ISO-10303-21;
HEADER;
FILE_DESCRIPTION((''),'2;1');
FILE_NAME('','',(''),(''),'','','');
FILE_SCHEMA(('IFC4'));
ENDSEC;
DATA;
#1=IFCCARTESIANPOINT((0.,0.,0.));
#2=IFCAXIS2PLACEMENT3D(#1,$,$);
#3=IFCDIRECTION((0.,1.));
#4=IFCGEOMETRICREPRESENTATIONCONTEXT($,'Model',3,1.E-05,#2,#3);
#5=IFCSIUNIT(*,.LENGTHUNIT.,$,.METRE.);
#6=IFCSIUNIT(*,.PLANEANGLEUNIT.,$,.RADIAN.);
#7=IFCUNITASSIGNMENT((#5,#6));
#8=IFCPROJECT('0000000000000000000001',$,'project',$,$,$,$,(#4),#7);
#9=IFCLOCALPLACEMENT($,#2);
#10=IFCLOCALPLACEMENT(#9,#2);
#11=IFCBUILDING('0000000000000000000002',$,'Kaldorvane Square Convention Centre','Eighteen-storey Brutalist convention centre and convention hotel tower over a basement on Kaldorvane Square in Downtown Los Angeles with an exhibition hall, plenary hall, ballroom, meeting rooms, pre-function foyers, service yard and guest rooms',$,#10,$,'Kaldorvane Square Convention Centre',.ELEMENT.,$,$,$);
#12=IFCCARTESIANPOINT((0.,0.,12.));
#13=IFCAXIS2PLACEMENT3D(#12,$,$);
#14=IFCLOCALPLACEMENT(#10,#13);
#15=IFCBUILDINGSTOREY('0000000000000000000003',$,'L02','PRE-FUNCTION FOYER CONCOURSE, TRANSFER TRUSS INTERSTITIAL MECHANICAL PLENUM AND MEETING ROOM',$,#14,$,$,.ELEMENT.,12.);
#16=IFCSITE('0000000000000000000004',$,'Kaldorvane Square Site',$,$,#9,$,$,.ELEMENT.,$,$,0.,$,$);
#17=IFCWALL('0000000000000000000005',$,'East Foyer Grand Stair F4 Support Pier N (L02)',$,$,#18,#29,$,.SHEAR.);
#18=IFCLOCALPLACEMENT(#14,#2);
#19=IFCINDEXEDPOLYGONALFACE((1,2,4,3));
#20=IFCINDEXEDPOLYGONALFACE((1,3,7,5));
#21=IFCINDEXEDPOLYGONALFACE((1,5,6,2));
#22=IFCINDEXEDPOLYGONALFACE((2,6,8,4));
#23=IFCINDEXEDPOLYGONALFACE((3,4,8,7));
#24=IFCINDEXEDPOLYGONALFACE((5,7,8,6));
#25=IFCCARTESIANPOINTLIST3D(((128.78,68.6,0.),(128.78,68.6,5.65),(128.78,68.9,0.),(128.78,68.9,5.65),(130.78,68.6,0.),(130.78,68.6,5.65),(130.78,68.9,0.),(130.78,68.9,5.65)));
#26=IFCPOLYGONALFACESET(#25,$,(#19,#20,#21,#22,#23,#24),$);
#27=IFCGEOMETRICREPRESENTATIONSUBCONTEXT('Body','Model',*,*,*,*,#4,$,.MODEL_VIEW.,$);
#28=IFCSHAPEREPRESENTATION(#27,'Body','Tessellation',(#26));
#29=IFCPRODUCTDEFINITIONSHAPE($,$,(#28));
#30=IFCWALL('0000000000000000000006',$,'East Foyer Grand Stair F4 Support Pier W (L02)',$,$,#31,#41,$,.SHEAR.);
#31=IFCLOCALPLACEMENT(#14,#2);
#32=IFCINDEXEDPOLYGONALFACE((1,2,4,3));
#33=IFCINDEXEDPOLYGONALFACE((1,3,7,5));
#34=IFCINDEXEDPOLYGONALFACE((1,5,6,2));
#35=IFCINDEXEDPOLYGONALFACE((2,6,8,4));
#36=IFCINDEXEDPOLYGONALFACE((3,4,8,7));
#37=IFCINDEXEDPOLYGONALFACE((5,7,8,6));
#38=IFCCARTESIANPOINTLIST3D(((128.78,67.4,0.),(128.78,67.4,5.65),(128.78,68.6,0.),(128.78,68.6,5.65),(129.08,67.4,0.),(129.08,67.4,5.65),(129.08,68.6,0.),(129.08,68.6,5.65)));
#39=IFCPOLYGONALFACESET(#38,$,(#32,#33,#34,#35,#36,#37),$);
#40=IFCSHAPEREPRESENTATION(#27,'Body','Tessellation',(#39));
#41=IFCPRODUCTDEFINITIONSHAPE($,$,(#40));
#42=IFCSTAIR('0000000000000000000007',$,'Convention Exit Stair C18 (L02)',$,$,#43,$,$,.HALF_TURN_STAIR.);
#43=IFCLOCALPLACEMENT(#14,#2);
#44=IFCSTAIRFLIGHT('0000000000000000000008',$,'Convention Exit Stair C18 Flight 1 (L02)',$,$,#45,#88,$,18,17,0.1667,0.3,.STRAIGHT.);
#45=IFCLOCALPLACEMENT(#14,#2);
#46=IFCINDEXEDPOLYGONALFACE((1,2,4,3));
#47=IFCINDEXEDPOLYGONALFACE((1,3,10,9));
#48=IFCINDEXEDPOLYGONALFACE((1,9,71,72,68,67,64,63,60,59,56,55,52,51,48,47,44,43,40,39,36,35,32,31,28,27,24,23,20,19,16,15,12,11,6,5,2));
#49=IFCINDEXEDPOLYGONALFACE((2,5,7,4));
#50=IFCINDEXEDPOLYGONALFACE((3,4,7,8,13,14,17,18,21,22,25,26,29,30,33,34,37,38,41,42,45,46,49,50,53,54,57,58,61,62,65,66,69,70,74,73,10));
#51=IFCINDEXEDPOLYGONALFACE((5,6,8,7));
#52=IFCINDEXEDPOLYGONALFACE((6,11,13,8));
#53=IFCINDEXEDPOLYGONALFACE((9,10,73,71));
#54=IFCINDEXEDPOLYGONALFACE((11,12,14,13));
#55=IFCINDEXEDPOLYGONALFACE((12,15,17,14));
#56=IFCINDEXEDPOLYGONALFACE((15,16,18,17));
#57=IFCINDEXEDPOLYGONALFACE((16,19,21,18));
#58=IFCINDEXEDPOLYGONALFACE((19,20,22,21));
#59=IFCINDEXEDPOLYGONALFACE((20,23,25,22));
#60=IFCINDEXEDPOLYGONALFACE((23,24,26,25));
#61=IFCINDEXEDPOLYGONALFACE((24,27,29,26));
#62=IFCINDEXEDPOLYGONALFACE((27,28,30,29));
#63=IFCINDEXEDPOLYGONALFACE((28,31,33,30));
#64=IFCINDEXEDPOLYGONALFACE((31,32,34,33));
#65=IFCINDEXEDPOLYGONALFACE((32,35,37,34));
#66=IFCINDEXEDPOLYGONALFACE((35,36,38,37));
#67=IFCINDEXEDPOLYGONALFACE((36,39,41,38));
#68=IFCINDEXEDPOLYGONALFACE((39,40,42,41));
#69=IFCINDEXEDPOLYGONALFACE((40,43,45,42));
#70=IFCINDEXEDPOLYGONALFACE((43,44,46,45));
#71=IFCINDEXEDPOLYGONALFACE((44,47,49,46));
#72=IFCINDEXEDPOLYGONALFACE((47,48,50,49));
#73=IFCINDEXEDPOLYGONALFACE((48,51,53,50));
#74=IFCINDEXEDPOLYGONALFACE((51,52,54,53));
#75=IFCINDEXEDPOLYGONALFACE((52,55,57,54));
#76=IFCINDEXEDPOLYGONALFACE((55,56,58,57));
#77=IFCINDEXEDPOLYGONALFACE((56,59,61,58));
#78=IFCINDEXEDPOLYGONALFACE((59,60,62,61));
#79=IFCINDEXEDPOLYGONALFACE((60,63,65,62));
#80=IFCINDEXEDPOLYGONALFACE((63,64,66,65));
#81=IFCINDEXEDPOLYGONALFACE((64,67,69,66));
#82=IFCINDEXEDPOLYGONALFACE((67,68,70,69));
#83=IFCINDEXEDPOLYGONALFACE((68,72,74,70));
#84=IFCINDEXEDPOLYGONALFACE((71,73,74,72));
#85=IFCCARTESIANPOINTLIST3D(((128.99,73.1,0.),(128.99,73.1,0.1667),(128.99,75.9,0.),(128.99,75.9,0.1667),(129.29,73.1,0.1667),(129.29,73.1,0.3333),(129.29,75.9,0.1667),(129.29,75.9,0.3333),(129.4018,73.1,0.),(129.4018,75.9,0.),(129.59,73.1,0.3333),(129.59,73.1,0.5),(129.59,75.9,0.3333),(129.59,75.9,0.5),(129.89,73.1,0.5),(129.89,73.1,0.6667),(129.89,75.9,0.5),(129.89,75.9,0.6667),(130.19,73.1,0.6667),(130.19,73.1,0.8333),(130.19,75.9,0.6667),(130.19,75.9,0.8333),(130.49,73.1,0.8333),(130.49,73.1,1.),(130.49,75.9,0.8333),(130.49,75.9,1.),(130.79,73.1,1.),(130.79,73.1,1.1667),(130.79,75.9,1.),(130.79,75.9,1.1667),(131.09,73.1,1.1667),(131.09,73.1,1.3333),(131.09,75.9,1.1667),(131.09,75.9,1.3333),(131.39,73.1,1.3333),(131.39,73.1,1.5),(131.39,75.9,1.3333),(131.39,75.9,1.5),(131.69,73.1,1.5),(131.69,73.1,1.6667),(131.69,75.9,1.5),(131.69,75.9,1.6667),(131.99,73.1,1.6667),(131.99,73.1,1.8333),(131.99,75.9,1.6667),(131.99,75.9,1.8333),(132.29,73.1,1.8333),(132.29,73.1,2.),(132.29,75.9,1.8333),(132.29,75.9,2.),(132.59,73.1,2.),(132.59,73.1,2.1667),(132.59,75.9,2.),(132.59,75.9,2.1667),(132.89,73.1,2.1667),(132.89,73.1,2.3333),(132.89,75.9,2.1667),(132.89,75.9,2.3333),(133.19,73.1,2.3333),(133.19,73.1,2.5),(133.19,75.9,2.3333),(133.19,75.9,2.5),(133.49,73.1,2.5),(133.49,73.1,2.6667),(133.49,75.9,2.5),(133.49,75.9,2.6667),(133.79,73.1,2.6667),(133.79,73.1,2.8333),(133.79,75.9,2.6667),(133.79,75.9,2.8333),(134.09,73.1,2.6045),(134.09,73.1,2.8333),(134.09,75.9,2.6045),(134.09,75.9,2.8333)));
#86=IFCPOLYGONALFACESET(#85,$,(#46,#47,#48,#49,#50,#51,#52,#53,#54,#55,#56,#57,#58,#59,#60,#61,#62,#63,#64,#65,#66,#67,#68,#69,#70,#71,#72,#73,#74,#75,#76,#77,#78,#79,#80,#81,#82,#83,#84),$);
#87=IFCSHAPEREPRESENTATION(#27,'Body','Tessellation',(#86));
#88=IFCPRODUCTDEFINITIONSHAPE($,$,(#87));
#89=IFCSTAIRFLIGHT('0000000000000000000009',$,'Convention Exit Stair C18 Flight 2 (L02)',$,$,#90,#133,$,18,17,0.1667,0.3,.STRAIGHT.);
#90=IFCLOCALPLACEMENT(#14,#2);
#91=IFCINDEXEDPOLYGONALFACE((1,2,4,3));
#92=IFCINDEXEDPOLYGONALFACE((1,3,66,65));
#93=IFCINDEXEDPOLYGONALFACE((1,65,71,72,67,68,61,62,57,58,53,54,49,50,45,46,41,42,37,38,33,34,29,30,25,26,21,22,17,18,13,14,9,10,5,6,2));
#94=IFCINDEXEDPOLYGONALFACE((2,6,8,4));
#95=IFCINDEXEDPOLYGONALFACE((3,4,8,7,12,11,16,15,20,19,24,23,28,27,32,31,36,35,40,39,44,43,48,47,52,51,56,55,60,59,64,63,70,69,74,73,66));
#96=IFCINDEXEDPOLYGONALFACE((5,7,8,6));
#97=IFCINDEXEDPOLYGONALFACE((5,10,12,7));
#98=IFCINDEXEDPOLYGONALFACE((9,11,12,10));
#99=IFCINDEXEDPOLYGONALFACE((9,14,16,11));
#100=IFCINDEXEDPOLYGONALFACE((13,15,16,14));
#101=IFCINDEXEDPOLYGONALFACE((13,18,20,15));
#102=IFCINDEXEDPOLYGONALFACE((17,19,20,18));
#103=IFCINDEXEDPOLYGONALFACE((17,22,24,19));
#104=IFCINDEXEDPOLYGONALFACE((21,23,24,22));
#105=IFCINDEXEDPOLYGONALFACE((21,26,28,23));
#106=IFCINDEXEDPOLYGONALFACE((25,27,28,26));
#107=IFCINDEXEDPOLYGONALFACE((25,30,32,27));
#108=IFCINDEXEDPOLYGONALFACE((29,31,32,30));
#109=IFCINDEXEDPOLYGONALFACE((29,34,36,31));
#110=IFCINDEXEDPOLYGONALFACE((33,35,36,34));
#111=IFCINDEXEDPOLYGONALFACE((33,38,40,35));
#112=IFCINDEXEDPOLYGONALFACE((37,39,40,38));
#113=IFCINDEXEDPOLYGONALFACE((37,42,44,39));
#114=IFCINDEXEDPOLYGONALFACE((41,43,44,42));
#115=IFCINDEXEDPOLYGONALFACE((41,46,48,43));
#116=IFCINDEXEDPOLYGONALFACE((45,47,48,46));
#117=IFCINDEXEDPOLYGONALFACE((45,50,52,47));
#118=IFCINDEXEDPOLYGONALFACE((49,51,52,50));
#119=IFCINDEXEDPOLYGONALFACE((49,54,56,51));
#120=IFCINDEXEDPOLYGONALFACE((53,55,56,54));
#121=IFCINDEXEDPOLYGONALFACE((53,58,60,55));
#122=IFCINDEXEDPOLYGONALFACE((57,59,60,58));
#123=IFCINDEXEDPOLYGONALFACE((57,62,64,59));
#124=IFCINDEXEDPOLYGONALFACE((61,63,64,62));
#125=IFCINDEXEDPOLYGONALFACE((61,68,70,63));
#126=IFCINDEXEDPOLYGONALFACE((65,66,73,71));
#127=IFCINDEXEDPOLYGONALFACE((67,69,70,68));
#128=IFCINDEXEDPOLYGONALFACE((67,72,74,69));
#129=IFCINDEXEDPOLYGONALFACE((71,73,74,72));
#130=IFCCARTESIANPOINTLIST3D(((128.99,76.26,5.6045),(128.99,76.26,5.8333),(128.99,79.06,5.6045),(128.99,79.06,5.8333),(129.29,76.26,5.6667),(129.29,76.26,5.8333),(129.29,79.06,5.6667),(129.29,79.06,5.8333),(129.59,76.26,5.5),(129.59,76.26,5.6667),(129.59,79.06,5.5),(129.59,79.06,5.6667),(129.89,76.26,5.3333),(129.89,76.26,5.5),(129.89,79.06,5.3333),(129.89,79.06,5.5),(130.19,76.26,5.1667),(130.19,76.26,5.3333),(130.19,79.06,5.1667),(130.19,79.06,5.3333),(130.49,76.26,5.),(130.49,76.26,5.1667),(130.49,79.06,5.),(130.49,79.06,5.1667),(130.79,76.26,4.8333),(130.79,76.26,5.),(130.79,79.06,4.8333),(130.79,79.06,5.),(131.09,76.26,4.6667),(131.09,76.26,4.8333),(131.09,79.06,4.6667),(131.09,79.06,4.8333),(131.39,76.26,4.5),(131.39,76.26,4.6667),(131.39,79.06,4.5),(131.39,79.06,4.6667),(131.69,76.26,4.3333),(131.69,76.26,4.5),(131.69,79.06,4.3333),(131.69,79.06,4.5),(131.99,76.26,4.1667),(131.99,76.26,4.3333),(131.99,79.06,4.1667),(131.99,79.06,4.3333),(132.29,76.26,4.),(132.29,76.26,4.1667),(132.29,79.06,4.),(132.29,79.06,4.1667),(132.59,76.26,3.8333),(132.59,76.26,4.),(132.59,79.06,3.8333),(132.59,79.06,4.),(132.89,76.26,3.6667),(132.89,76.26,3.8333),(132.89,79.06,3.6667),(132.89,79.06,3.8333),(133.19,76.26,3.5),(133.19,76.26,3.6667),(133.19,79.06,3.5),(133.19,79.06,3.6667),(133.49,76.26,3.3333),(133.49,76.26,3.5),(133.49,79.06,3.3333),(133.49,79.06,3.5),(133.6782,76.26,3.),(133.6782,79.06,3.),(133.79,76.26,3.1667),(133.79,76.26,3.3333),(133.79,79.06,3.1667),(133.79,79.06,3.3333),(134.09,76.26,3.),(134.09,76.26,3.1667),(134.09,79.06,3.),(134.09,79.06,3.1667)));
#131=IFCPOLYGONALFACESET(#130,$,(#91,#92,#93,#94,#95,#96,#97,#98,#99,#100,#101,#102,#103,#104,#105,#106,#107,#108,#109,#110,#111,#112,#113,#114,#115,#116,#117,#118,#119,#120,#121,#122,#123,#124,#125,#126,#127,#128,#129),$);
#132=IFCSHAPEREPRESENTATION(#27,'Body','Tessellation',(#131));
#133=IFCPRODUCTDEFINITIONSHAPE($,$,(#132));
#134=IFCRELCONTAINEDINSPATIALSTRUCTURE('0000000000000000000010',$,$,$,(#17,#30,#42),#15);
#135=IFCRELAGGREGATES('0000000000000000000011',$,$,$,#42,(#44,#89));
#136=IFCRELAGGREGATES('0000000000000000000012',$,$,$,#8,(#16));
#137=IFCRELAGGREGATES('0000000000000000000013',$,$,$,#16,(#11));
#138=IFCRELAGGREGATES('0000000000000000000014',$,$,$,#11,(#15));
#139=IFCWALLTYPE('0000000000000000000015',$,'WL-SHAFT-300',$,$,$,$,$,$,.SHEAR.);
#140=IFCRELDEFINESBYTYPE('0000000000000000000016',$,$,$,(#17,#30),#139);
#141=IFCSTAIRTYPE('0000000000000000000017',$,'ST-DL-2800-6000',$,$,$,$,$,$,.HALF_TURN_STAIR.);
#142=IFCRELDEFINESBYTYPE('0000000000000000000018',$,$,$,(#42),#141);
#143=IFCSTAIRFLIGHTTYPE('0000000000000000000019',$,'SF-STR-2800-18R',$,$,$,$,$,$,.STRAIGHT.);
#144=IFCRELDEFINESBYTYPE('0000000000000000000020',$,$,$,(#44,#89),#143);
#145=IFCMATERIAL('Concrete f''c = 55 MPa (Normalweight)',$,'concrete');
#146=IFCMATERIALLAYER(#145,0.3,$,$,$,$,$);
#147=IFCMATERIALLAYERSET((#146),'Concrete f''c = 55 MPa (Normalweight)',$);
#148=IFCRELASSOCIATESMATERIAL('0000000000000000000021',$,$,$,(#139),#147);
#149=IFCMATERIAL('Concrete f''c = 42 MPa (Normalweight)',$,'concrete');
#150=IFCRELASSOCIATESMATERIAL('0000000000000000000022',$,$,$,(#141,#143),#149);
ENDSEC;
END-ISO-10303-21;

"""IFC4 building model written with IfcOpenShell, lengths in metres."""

from ifc_helpers import new_model, si_unit, direction, frame, frame_2d, origin, place, context, subcontext, project, spatial, polyline, rectangle, outline, extrude, material, layer, layer_set, type_object, element, aggregate, save


model = new_model("IFC4")

# Units and contexts
model_context = context("Model", 3, precision=1e-05, world=origin(), true_north=direction((0.0, 1.0)))
body_context = subcontext(model_context, "Body", "Model", "MODEL_VIEW")
ifc_project = project(units=[si_unit("LENGTHUNIT", "METRE"), si_unit("PLANEANGLEUNIT", "RADIAN")], contexts=[model_context])

# Site, building, storey
site_placement = place(None, origin())
site = spatial("IfcSite", under=ifc_project, at=site_placement, Name="Kaldorvane Square Site", CompositionType="ELEMENT", RefElevation=0.0)
building_placement = place(site_placement, origin())
building = spatial("IfcBuilding", under=site, at=building_placement, Name="Kaldorvane Square Convention Centre", Description="Eighteen-storey Brutalist convention centre and convention hotel tower over a basement on Kaldorvane Square in Downtown Los Angeles with an exhibition hall, plenary hall, ballroom, meeting rooms, pre-function foyers, service yard and guest rooms", LongName="Kaldorvane Square Convention Centre", CompositionType="ELEMENT")
storey_placement = place(building_placement, frame((0.0, 0.0, 12.0)))
storey = spatial("IfcBuildingStorey", under=building, at=storey_placement, Name="L02", Description="PRE-FUNCTION FOYER CONCOURSE, TRANSFER TRUSS INTERSTITIAL MECHANICAL PLENUM AND MEETING ROOM", CompositionType="ELEMENT", Elevation=12.0)

# Walls
ifc_material_1 = material(Name="Concrete f'c = 55 MPa (Normalweight)", Category="concrete")
ifc_layer_1 = layer(ifc_material_1, 0.3)
ifc_layer_set_1 = layer_set([ifc_layer_1], Name="Concrete f'c = 55 MPa (Normalweight)")
wall_type_1 = type_object("IfcWallType", Name="WL-SHAFT-300", PredefinedType="SHEAR", material=ifc_layer_set_1)
for number, where, z_axis, x_axis, name in (
    (1, (128.78, 68.75, 0.0), (0.0, 0.0, 1.0), (1.0, 0.0, 0.0), "East Foyer Grand Stair F4 Support Pier N (L02)"),
):
    element("IfcWall", number, at=place(storey_placement, frame(where, z_axis=z_axis, x_axis=x_axis)), inside=storey, type_object=wall_type_1, Name=name, PredefinedType="SHEAR", context=body_context, shape_type="SweptSolid", body=[
        extrude(rectangle(XDim=2.0, YDim=0.3, at=frame_2d((1.0, 0.0))), origin(), (0.0, 0.0, 1.0), 5.65),
    ])
wall_1_placement = place(storey_placement, frame((128.93, 67.4, 0.0), z_axis=(0.0, 0.0, 1.0), x_axis=(0.0, 1.0, 0.0)))
element("IfcWall", 2, at=wall_1_placement, inside=storey, type_object=wall_type_1, Name="East Foyer Grand Stair F4 Support Pier W (L02)", PredefinedType="SHEAR", context=body_context, shape_type="SweptSolid", body=[
    extrude(rectangle(XDim=1.2, YDim=0.3, at=frame_2d((0.6, 0.0))), origin(), (0.0, 0.0, 1.0), 5.65),
])

# Stair, stair flights
ifc_material_2 = material(Name="Concrete f'c = 42 MPa (Normalweight)", Category="concrete")
stair_type = type_object("IfcStairType", Name="ST-DL-2800-6000", PredefinedType="HALF_TURN_STAIR", material=ifc_material_2)
stair_placement = place(storey_placement, origin())
stair = element("IfcStair", 3, at=stair_placement, inside=storey, type_object=stair_type, Name="Convention Exit Stair C18 (L02)", PredefinedType="HALF_TURN_STAIR")
stair_flight_type = type_object("IfcStairFlightType", Name="SF-STR-2800-18R", PredefinedType="STRAIGHT", material=ifc_material_2)
stair_flight_1_placement = place(storey_placement, frame((128.99, 74.5, 0.0), z_axis=(0.0, 0.0, 1.0), x_axis=(1.0, 0.0, 0.0)))
stair_flight_1 = element("IfcStairFlight", 4, at=stair_flight_1_placement, type_object=stair_flight_type, Name="Convention Exit Stair C18 Flight 1 (L02)", NumberOfRisers=18, NumberOfTreads=17, PredefinedType="STRAIGHT", RiserHeight=0.1667, TreadLength=0.3, context=body_context, shape_type="SweptSolid", body=[
    extrude(outline(polyline([(0.0, 0.0), (0.0, 0.1667), (0.3, 0.1667), (0.3, 0.3333), (0.6, 0.3333), (0.6, 0.5), (0.9, 0.5), (0.9, 0.6667), (1.2, 0.6667), (1.2, 0.8333), (1.5, 0.8333), (1.5, 1.0), (1.8, 1.0), (1.8, 1.1667), (2.1, 1.1667), (2.1, 1.3333), (2.4, 1.3333), (2.4, 1.5), (2.7, 1.5), (2.7, 1.6667), (3.0, 1.6667), (3.0, 1.8333), (3.3, 1.8333), (3.3, 2.0), (3.6, 2.0), (3.6, 2.1667), (3.9, 2.1667), (3.9, 2.3333), (4.2, 2.3333), (4.2, 2.5), (4.5, 2.5), (4.5, 2.6667), (4.8, 2.6667), (4.8, 2.8333), (5.1, 2.8333), (5.1, 3.0), (5.1, 2.6045), (0.4118, 0.0), (0.0, 0.0)])), frame((0.0, 1.4, 0.0), z_axis=(0.0, -1.0, 0.0), x_axis=(1.0, 0.0, 0.0)), (0.0, 0.0, 1.0), 2.8),
])
stair_flight_2_placement = place(storey_placement, frame((134.09, 77.66, 3.0), z_axis=(0.0, 0.0, 1.0), x_axis=(-1.0, 0.0, 0.0)))
stair_flight_2 = element("IfcStairFlight", 5, at=stair_flight_2_placement, type_object=stair_flight_type, Name="Convention Exit Stair C18 Flight 2 (L02)", NumberOfRisers=18, NumberOfTreads=17, PredefinedType="STRAIGHT", RiserHeight=0.1667, TreadLength=0.3, context=body_context, shape_type="SweptSolid", body=[
    extrude(outline(polyline([(0.0, 0.0), (0.0, 0.1667), (0.3, 0.1667), (0.3, 0.3333), (0.6, 0.3333), (0.6, 0.5), (0.9, 0.5), (0.9, 0.6667), (1.2, 0.6667), (1.2, 0.8333), (1.5, 0.8333), (1.5, 1.0), (1.8, 1.0), (1.8, 1.1667), (2.1, 1.1667), (2.1, 1.3333), (2.4, 1.3333), (2.4, 1.5), (2.7, 1.5), (2.7, 1.6667), (3.0, 1.6667), (3.0, 1.8333), (3.3, 1.8333), (3.3, 2.0), (3.6, 2.0), (3.6, 2.1667), (3.9, 2.1667), (3.9, 2.3333), (4.2, 2.3333), (4.2, 2.5), (4.5, 2.5), (4.5, 2.6667), (4.8, 2.6667), (4.8, 2.8333), (5.1, 2.8333), (5.1, 3.0), (5.1, 2.6045), (0.4118, 0.0), (0.0, 0.0)])), frame((0.0, 1.4, 0.0), z_axis=(0.0, -1.0, 0.0), x_axis=(1.0, 0.0, 0.0)), (0.0, 0.0, 1.0), 2.8),
])
aggregate(stair, [stair_flight_1, stair_flight_2])

save(model, "model.ifc")
